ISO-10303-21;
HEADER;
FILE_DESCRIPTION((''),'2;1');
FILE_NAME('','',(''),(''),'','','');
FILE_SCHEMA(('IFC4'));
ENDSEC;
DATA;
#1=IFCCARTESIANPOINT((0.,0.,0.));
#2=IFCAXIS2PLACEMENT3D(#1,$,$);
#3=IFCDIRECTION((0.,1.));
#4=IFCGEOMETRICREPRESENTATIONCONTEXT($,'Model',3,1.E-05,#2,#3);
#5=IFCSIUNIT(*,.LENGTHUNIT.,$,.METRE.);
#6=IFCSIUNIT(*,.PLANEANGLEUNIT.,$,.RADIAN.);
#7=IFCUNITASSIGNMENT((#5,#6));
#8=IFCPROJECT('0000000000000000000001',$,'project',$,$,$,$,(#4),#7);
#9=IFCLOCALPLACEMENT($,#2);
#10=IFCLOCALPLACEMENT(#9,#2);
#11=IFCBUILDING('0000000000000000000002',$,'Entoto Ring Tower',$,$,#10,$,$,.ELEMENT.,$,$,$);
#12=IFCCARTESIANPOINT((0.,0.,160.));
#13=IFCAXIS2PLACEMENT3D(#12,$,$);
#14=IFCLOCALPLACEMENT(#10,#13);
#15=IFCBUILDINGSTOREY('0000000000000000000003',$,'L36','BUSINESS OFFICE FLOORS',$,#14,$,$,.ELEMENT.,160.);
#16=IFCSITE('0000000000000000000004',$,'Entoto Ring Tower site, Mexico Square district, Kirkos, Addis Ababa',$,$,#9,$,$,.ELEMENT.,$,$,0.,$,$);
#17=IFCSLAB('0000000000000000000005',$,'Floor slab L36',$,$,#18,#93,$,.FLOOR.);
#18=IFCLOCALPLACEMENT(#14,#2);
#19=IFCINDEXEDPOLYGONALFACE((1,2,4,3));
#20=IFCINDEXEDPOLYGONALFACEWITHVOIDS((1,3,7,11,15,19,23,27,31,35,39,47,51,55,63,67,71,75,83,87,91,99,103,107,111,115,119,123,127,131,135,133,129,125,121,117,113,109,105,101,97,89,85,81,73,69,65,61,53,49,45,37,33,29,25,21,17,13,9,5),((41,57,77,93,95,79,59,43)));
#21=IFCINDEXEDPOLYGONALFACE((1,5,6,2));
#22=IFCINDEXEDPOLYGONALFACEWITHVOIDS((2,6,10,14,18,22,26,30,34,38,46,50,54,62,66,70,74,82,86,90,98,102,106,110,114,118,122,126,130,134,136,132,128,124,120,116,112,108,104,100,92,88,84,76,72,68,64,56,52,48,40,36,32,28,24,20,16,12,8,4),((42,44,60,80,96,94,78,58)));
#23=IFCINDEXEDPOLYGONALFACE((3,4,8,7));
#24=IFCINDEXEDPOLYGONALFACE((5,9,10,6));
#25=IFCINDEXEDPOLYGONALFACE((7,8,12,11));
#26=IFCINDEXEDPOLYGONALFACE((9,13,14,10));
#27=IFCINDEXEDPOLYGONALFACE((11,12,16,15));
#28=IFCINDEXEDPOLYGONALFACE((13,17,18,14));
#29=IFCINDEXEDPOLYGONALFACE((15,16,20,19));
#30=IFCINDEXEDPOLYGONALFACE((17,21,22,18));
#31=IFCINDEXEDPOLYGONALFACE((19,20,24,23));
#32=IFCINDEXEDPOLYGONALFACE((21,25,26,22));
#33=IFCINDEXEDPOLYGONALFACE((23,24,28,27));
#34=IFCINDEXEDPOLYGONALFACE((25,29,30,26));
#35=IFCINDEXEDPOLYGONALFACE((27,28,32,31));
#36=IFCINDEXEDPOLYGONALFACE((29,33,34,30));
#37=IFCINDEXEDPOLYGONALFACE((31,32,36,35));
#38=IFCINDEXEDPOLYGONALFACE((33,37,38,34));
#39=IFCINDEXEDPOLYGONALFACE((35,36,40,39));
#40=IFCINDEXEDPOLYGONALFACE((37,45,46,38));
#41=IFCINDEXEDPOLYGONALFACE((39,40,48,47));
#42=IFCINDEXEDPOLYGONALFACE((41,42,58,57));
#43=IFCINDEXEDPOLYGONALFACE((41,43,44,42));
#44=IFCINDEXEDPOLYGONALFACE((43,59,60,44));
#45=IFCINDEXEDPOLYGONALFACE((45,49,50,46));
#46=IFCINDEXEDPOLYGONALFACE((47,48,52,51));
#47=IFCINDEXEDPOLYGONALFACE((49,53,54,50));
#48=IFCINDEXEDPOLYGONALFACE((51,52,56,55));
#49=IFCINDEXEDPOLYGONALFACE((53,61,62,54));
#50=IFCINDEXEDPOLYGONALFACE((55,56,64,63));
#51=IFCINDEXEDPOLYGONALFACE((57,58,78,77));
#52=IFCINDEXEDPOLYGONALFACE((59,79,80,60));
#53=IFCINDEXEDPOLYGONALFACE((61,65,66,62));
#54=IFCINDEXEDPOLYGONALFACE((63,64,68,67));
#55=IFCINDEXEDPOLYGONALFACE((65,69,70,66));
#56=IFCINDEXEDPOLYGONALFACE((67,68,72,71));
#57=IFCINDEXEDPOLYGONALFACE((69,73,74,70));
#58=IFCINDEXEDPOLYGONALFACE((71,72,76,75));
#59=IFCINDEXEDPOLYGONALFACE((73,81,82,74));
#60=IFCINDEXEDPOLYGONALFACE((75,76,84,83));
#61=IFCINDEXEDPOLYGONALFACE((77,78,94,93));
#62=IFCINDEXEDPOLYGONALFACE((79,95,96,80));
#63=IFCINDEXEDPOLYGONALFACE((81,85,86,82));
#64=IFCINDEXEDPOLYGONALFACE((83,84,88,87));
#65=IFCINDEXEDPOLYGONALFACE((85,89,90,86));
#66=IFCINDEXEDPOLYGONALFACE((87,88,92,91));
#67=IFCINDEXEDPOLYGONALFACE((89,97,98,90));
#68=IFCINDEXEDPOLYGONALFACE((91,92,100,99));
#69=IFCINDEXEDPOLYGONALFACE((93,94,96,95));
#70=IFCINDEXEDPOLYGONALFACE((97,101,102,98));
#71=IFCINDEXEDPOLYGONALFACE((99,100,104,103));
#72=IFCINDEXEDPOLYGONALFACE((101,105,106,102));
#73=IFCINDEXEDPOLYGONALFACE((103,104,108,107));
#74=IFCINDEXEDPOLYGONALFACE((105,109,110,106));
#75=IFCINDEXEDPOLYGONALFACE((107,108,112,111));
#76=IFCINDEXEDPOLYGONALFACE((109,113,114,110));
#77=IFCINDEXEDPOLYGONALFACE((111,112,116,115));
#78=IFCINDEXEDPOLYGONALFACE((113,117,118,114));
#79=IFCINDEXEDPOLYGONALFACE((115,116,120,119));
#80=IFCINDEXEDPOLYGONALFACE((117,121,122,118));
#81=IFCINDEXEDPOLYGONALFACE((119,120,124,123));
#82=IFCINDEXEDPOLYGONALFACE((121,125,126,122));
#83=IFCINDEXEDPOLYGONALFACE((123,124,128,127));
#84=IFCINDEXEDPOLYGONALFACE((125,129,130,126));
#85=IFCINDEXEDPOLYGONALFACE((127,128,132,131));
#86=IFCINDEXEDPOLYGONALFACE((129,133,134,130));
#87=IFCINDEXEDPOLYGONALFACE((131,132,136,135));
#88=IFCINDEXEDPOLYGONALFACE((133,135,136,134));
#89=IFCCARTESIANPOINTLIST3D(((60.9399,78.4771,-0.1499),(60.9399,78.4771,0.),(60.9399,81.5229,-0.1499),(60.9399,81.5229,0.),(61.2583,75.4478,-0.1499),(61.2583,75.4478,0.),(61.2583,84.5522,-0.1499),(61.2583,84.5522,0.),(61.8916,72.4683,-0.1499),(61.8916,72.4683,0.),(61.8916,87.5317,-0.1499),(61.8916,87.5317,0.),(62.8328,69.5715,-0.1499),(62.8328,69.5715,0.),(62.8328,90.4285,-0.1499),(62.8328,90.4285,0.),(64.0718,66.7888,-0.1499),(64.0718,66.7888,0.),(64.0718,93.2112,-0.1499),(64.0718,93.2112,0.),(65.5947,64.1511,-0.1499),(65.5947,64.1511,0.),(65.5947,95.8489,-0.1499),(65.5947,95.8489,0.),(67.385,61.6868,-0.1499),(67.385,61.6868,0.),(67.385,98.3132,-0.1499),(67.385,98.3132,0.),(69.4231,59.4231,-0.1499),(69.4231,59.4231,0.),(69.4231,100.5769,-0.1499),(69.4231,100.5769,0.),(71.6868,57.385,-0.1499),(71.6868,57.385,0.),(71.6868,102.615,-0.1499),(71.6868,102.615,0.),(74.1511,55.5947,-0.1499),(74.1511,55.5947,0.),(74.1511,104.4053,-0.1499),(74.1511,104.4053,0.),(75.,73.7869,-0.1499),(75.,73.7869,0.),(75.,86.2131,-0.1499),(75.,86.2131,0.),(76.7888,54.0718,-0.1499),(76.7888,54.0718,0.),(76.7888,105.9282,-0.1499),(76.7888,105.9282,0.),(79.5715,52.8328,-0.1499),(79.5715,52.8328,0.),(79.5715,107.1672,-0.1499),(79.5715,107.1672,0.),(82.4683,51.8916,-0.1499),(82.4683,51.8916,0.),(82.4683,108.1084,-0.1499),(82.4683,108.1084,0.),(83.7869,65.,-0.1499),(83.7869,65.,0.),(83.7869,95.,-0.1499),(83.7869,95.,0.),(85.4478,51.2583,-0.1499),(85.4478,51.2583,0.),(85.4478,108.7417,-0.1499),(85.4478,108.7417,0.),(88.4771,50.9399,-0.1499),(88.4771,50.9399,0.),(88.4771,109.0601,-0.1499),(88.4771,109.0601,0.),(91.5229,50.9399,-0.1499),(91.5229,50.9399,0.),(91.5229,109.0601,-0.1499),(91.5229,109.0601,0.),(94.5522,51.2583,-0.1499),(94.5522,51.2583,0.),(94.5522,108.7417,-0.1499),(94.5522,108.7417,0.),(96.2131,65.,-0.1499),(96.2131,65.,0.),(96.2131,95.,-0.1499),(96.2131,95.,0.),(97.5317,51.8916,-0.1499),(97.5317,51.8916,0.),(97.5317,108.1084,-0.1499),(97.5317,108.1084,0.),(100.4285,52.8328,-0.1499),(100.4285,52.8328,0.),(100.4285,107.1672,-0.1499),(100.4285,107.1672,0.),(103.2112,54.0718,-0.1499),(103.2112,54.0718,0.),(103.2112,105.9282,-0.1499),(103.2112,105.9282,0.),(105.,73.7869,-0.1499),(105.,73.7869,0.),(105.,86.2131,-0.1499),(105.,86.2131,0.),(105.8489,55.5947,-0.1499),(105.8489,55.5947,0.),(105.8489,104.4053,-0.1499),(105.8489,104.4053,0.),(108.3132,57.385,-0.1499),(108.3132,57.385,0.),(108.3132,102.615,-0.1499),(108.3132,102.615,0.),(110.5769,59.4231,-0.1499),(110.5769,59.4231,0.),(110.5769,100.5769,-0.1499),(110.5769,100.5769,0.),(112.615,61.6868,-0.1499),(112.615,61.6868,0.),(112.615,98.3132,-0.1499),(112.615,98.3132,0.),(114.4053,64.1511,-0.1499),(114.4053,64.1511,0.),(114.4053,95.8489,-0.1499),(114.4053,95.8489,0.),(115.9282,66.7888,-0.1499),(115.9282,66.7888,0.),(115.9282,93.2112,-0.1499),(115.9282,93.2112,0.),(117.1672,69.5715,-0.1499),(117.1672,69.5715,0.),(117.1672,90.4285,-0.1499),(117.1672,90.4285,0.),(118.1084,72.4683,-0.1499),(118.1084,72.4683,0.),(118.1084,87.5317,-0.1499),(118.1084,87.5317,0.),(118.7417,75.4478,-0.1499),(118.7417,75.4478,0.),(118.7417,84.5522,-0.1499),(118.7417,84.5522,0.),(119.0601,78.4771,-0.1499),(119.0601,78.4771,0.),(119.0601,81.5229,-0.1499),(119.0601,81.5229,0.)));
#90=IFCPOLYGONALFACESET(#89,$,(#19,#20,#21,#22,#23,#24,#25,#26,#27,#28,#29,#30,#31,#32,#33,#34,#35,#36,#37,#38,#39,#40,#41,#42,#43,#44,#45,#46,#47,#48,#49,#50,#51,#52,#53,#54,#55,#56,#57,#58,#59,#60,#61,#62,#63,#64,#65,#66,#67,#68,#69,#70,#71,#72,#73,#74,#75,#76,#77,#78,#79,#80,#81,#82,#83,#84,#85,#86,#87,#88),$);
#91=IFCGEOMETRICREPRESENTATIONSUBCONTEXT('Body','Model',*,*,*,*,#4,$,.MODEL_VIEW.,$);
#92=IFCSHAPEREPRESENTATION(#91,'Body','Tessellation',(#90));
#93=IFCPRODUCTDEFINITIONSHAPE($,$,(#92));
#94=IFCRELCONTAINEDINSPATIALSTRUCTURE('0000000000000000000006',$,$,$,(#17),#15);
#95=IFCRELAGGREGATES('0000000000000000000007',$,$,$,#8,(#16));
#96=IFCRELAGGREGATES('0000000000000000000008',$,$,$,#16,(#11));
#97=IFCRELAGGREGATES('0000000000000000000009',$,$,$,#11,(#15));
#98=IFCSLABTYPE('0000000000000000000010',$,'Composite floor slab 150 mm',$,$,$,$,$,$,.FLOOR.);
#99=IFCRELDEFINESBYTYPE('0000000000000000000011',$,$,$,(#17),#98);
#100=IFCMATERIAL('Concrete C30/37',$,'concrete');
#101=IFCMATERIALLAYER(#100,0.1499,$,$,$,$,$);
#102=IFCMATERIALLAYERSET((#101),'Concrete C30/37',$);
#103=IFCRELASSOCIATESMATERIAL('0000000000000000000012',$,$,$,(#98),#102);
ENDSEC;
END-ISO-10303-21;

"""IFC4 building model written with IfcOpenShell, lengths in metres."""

from ifc_helpers import new_model, si_unit, direction, frame, origin, place, context, subcontext, project, spatial, polyline, outline, extrude, material, layer, layer_set, type_object, element, save


model = new_model("IFC4")

# Units and contexts
model_context = context("Model", 3, precision=1e-05, world=origin(), true_north=direction((0.0, 1.0)))
body_context = subcontext(model_context, "Body", "Model", "MODEL_VIEW")
ifc_project = project(units=[si_unit("LENGTHUNIT", "METRE"), si_unit("PLANEANGLEUNIT", "RADIAN")], contexts=[model_context])

# Site, building, storey
site_placement = place(None, origin())
building_placement = place(site_placement, origin())
storey_placement = place(building_placement, frame((0.0, 0.0, 160.0)))
site = spatial("IfcSite", under=ifc_project, at=site_placement, Name="Entoto Ring Tower site, Mexico Square district, Kirkos, Addis Ababa", CompositionType="ELEMENT", RefElevation=0.0)
building = spatial("IfcBuilding", under=site, at=building_placement, Name="Entoto Ring Tower", CompositionType="ELEMENT")
storey = spatial("IfcBuildingStorey", under=building, at=storey_placement, Name="L36", Description="BUSINESS OFFICE FLOORS", CompositionType="ELEMENT", Elevation=160.0)

# Slab
ifc_material_1 = material(Name="Concrete C30/37", Category="concrete")
ifc_layer_1 = layer(ifc_material_1, 0.1499)
ifc_layer_set_1 = layer_set([ifc_layer_1], Name="Concrete C30/37")
slab_type = type_object("IfcSlabType", Name="Composite floor slab 150 mm", PredefinedType="FLOOR", material=ifc_layer_set_1)
slab_placement = place(storey_placement, frame((0.0, 0.0, -0.1499)))
element("IfcSlab", 1, at=slab_placement, inside=storey, type_object=slab_type, Name="Floor slab L36", PredefinedType="FLOOR", context=body_context, shape_type="SweptSolid", body=[
    extrude(outline(polyline([(118.7417, 84.5522), (118.1084, 87.5317), (117.1672, 90.4285), (115.9282, 93.2112), (114.4053, 95.8489), (112.615, 98.3132), (110.5769, 100.5769), (108.3132, 102.615), (105.8489, 104.4053), (103.2112, 105.9282), (100.4285, 107.1672), (97.5317, 108.1084), (94.5522, 108.7417), (91.5229, 109.0601), (88.4771, 109.0601), (85.4478, 108.7417), (82.4683, 108.1084), (79.5715, 107.1672), (76.7888, 105.9282), (74.1511, 104.4053), (71.6868, 102.615), (69.4231, 100.5769), (67.385, 98.3132), (65.5947, 95.8489), (64.0718, 93.2112), (62.8328, 90.4285), (61.8916, 87.5317), (61.2583, 84.5522), (60.9399, 81.5229), (60.9399, 78.4771), (61.2583, 75.4478), (61.8916, 72.4683), (62.8328, 69.5715), (64.0718, 66.7888), (65.5947, 64.1511), (67.385, 61.6868), (69.4231, 59.4231), (71.6868, 57.385), (74.1511, 55.5947), (76.7888, 54.0718), (79.5715, 52.8328), (82.4683, 51.8916), (85.4478, 51.2583), (88.4771, 50.9399), (91.5229, 50.9399), (94.5522, 51.2583), (97.5317, 51.8916), (100.4285, 52.8328), (103.2112, 54.0718), (105.8489, 55.5947), (108.3132, 57.385), (110.5769, 59.4231), (112.615, 61.6868), (114.4053, 64.1511), (115.9282, 66.7888), (117.1672, 69.5715), (118.1084, 72.4683), (118.7417, 75.4478), (119.0601, 78.4771), (119.0601, 81.5229), (118.7417, 84.5522)]), holes=[polyline([(105.0, 73.7869), (105.0, 86.2131), (96.2131, 95.0), (83.7869, 95.0), (75.0, 86.2131), (75.0, 73.7869), (83.7869, 65.0), (96.2131, 65.0), (105.0, 73.7869)])]), origin(), (0.0, 0.0, 1.0), 0.1499),
])

save(model, "model.ifc")
